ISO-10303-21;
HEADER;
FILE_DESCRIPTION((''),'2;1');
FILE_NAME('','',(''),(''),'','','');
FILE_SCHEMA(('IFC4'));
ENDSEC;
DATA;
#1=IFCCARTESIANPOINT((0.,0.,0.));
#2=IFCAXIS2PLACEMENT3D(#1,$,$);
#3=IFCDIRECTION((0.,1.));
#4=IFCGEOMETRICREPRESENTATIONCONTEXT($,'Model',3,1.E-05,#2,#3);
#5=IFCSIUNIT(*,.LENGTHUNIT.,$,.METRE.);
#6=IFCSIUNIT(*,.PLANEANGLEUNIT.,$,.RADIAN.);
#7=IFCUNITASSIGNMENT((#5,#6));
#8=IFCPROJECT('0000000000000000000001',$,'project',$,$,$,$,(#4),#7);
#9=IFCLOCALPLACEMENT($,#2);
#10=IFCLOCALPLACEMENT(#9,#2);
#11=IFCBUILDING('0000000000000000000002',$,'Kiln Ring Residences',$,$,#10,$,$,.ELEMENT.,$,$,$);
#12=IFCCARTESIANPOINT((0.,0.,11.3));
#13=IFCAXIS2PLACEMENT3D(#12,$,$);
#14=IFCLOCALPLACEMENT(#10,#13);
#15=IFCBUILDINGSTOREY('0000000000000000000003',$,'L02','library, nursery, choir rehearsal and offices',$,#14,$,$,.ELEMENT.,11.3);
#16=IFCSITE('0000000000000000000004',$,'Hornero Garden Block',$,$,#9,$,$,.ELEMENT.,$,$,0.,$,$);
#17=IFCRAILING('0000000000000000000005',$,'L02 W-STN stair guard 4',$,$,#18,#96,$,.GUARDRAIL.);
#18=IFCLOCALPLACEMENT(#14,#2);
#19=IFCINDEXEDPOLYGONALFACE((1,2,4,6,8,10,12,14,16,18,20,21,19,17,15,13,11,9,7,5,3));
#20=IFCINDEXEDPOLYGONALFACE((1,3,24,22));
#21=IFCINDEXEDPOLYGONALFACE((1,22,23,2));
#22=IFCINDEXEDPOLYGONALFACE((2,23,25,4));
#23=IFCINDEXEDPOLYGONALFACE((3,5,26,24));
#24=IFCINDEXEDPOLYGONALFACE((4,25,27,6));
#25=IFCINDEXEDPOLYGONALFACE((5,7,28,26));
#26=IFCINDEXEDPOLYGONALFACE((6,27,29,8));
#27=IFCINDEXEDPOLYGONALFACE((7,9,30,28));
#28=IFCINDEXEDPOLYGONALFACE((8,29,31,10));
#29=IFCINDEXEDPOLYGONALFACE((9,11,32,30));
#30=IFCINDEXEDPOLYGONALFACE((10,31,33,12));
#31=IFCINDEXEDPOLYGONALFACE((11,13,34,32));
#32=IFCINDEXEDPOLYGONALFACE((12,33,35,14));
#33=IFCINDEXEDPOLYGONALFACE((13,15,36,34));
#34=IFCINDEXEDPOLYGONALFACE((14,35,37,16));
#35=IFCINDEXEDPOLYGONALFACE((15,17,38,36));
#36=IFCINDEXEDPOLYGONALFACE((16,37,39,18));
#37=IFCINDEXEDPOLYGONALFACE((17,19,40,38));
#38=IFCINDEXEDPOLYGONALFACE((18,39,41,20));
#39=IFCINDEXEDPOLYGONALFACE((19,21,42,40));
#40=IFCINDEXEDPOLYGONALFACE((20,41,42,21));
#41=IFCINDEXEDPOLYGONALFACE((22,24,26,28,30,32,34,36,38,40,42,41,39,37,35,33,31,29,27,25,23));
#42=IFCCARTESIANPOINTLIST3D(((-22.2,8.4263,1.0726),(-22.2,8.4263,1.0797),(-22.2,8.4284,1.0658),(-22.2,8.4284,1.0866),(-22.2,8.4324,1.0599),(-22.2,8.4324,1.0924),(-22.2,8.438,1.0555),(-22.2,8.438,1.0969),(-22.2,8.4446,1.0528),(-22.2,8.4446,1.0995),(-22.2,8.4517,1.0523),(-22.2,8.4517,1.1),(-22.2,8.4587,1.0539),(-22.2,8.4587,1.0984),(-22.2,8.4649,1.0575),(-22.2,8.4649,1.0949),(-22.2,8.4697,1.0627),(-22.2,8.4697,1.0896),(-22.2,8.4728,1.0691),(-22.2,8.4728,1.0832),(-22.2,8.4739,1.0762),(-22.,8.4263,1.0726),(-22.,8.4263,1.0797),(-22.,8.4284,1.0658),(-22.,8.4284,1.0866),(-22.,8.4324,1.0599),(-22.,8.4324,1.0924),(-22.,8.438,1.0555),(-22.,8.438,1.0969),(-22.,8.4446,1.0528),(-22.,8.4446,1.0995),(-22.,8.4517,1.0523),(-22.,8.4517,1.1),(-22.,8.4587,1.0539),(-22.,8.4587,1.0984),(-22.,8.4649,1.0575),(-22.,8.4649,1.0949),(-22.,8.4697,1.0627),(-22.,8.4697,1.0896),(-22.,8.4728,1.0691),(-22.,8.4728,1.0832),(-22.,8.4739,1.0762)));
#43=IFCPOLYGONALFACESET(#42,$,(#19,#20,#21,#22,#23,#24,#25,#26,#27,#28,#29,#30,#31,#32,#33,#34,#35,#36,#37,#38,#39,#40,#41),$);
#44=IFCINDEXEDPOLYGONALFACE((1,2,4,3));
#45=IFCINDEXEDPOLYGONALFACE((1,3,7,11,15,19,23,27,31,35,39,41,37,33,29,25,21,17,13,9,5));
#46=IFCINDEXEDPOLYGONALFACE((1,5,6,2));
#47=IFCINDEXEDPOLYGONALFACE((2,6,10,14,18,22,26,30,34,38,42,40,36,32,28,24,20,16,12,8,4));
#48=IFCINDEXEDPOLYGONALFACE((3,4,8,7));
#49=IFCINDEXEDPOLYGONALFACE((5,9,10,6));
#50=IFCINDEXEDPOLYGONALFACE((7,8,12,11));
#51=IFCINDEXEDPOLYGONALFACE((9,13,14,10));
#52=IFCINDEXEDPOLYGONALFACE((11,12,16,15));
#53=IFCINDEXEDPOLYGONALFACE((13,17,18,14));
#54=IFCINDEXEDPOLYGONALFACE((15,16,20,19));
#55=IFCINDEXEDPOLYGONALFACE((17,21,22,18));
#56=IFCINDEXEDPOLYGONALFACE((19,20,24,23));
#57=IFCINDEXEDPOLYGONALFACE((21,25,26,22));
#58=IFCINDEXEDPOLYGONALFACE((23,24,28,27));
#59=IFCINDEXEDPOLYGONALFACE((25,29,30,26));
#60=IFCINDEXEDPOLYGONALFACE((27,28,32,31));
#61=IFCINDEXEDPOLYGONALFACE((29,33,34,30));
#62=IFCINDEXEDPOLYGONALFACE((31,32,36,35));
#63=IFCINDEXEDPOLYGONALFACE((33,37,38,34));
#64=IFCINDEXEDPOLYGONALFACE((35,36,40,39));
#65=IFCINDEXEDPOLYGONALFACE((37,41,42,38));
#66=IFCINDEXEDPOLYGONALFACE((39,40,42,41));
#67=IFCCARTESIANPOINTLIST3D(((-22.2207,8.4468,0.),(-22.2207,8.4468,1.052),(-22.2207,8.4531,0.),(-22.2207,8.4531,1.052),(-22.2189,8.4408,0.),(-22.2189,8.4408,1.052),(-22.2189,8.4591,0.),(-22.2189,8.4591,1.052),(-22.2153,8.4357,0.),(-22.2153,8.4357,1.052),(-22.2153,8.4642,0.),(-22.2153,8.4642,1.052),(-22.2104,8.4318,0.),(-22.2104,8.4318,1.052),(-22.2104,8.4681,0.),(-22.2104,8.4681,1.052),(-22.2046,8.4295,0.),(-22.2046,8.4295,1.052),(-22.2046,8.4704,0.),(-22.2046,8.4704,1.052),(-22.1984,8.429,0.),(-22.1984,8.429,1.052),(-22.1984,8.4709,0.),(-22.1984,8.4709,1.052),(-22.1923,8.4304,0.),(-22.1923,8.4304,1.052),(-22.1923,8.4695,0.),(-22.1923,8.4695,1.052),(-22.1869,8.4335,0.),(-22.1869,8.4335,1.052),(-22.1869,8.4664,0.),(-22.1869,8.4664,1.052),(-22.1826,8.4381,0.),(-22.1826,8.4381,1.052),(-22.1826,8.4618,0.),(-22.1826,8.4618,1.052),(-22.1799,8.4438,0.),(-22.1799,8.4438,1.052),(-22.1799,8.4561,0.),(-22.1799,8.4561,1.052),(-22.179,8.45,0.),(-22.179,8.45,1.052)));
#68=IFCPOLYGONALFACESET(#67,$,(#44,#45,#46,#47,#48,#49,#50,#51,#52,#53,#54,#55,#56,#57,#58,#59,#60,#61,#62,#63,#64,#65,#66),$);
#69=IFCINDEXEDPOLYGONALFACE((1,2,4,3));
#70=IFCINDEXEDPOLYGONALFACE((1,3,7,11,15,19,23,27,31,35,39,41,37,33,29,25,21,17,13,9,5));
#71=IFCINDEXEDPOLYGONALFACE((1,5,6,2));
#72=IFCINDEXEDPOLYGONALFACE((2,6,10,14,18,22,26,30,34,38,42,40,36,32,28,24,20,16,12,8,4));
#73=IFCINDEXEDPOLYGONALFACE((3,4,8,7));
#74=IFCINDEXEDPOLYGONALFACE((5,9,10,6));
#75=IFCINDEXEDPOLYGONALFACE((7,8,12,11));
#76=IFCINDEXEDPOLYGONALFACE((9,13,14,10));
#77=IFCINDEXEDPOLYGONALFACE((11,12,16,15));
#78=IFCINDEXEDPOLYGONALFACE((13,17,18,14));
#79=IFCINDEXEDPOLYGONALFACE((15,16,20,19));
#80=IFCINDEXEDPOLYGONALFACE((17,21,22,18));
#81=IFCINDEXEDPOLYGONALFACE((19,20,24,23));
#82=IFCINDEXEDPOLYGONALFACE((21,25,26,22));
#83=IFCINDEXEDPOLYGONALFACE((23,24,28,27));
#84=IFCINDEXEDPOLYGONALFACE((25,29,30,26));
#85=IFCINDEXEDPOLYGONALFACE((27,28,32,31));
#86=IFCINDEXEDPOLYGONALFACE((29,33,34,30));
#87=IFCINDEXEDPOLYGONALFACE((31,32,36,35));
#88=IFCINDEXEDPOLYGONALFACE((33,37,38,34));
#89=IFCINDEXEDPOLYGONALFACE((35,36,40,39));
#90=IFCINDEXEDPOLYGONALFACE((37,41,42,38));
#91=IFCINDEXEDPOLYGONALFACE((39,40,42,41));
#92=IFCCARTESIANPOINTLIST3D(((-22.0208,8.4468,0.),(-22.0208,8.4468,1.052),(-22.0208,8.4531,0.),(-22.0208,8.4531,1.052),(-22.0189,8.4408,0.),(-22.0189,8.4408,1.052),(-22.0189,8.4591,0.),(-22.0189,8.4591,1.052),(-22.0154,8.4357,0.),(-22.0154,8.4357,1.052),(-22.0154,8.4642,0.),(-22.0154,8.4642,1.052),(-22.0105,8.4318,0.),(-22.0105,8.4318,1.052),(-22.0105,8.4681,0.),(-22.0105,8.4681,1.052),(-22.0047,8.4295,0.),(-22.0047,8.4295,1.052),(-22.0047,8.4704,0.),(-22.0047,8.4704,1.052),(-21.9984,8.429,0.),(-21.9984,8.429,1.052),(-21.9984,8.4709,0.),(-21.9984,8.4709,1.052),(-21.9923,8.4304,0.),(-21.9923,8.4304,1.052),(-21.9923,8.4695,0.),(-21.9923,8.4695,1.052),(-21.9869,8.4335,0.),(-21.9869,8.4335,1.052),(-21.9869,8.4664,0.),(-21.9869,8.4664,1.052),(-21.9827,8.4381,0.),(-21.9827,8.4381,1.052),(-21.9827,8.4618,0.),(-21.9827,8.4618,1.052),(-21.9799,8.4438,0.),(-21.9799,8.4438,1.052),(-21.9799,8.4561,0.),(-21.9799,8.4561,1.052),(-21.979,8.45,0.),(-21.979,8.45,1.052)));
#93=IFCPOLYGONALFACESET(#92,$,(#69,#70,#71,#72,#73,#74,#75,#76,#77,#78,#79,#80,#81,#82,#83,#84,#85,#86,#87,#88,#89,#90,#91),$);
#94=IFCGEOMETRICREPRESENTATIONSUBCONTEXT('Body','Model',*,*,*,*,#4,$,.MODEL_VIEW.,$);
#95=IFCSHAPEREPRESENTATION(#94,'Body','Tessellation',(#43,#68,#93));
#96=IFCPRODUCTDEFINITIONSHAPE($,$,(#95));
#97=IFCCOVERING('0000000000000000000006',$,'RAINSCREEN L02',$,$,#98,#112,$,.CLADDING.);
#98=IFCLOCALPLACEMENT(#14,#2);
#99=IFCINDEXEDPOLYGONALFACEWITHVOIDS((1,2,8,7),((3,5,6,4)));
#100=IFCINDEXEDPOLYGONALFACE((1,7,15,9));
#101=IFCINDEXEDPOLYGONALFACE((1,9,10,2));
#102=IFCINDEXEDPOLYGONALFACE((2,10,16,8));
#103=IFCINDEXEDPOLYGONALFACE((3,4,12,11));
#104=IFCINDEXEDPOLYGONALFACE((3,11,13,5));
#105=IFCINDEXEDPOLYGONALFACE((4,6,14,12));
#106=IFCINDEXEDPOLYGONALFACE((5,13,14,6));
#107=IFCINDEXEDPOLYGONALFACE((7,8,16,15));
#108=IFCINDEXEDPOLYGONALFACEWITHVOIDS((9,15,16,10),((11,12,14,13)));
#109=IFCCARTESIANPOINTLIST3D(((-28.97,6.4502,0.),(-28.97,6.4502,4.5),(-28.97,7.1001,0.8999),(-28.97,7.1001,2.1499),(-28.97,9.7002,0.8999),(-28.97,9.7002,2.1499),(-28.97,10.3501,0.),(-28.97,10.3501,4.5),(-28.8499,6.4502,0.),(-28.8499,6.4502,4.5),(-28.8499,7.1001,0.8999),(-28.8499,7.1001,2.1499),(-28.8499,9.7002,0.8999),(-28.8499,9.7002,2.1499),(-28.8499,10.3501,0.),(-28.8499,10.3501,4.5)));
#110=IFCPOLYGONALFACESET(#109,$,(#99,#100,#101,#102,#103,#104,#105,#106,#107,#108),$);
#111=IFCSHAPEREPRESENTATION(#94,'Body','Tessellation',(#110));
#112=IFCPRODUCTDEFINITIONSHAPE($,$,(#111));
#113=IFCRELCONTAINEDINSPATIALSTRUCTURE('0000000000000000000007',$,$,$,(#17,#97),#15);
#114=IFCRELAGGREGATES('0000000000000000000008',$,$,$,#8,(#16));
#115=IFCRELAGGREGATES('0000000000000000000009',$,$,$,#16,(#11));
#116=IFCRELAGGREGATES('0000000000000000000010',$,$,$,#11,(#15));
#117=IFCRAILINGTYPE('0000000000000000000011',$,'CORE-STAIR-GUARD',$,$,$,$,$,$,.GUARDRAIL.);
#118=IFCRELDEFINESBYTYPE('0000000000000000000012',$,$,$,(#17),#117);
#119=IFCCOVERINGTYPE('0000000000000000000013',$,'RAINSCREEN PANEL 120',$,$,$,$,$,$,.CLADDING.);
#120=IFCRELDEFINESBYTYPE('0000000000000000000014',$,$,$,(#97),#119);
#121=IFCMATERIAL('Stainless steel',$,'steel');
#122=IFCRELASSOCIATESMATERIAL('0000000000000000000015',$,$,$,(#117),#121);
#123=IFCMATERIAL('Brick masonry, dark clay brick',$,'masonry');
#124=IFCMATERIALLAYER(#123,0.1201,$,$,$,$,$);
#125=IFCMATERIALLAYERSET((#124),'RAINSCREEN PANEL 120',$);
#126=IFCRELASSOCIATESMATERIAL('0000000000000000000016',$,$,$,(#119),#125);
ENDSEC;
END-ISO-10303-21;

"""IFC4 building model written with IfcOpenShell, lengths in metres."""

from ifc_helpers import new_model, si_unit, direction, frame, origin, origin_2d, place, context, subcontext, project, spatial, polyline, circle, outline, extrude, material, layer, layer_set, type_object, element, save


model = new_model("IFC4")

# Units and contexts
model_context = context("Model", 3, precision=1e-05, world=origin(), true_north=direction((0.0, 1.0)))
body_context = subcontext(model_context, "Body", "Model", "MODEL_VIEW")
ifc_project = project(units=[si_unit("LENGTHUNIT", "METRE"), si_unit("PLANEANGLEUNIT", "RADIAN")], contexts=[model_context])

# Site, building, storey
site_placement = place(None, origin())
site = spatial("IfcSite", under=ifc_project, at=site_placement, Name="Hornero Garden Block", CompositionType="ELEMENT", RefElevation=0.0)
building_placement = place(site_placement, origin())
building = spatial("IfcBuilding", under=site, at=building_placement, Name="Kiln Ring Residences", CompositionType="ELEMENT")
storey_placement = place(building_placement, frame((0.0, 0.0, 11.3)))
storey = spatial("IfcBuildingStorey", under=building, at=storey_placement, Name="L02", Description="library, nursery, choir rehearsal and offices", CompositionType="ELEMENT", Elevation=11.3)

# Railing
ifc_material_1 = material(Name="Stainless steel", Category="steel")
railing_type = type_object("IfcRailingType", Name="CORE-STAIR-GUARD", PredefinedType="GUARDRAIL", material=ifc_material_1)
railing_1_placement = place(storey_placement, frame((-22.2, 8.45, 0.0)))
element("IfcRailing", 1, at=railing_1_placement, inside=storey, type_object=railing_type, Name="L02 W-STN stair guard 4", PredefinedType="GUARDRAIL", context=body_context, shape_type="SweptSolid", body=[
    extrude(circle(Radius=0.0239, at=origin_2d()), frame((0.0, 0.0, 1.0762), z_axis=(1.0, 0.0, 0.0), x_axis=(0.0, 1.0, 0.0)), (0.0, 0.0, 1.0), 0.2),
    extrude(circle(Radius=0.021, at=origin_2d()), origin(), (0.0, 0.0, 1.0), 1.052),
    extrude(circle(Radius=0.021, at=origin_2d()), frame((0.2, 0.0, 0.0)), (0.0, 0.0, 1.0), 1.052),
])

# Covering
ifc_material_2 = material(Name="Brick masonry, dark clay brick", Category="masonry")
ifc_layer_1 = layer(ifc_material_2, 0.1201)
ifc_layer_set_1 = layer_set([ifc_layer_1], Name="RAINSCREEN PANEL 120")
covering_type = type_object("IfcCoveringType", Name="RAINSCREEN PANEL 120", PredefinedType="CLADDING", material=ifc_layer_set_1)
covering_placement = place(storey_placement, frame((-28.9099, 10.3501, 0.0), z_axis=(0.0, 0.0, 1.0), x_axis=(0.0, -1.0, 0.0)))
element("IfcCovering", 2, at=covering_placement, inside=storey, type_object=covering_type, Name="RAINSCREEN L02", PredefinedType="CLADDING", context=body_context, shape_type="SweptSolid", body=[
    extrude(outline(polyline([(0.0, 0.0), (3.8999, 0.0), (3.8999, 4.5), (0.0, 4.5), (0.0, 0.0)]), holes=[polyline([(0.6499, 2.1499), (0.6499, 0.8999), (3.25, 0.8999), (3.25, 2.1499), (0.6499, 2.1499)])]), frame((0.0, 0.0601, 0.0), z_axis=(0.0, -1.0, 0.0), x_axis=(1.0, 0.0, 0.0)), (0.0, 0.0, 1.0), 0.1201),
])

save(model, "model.ifc")
